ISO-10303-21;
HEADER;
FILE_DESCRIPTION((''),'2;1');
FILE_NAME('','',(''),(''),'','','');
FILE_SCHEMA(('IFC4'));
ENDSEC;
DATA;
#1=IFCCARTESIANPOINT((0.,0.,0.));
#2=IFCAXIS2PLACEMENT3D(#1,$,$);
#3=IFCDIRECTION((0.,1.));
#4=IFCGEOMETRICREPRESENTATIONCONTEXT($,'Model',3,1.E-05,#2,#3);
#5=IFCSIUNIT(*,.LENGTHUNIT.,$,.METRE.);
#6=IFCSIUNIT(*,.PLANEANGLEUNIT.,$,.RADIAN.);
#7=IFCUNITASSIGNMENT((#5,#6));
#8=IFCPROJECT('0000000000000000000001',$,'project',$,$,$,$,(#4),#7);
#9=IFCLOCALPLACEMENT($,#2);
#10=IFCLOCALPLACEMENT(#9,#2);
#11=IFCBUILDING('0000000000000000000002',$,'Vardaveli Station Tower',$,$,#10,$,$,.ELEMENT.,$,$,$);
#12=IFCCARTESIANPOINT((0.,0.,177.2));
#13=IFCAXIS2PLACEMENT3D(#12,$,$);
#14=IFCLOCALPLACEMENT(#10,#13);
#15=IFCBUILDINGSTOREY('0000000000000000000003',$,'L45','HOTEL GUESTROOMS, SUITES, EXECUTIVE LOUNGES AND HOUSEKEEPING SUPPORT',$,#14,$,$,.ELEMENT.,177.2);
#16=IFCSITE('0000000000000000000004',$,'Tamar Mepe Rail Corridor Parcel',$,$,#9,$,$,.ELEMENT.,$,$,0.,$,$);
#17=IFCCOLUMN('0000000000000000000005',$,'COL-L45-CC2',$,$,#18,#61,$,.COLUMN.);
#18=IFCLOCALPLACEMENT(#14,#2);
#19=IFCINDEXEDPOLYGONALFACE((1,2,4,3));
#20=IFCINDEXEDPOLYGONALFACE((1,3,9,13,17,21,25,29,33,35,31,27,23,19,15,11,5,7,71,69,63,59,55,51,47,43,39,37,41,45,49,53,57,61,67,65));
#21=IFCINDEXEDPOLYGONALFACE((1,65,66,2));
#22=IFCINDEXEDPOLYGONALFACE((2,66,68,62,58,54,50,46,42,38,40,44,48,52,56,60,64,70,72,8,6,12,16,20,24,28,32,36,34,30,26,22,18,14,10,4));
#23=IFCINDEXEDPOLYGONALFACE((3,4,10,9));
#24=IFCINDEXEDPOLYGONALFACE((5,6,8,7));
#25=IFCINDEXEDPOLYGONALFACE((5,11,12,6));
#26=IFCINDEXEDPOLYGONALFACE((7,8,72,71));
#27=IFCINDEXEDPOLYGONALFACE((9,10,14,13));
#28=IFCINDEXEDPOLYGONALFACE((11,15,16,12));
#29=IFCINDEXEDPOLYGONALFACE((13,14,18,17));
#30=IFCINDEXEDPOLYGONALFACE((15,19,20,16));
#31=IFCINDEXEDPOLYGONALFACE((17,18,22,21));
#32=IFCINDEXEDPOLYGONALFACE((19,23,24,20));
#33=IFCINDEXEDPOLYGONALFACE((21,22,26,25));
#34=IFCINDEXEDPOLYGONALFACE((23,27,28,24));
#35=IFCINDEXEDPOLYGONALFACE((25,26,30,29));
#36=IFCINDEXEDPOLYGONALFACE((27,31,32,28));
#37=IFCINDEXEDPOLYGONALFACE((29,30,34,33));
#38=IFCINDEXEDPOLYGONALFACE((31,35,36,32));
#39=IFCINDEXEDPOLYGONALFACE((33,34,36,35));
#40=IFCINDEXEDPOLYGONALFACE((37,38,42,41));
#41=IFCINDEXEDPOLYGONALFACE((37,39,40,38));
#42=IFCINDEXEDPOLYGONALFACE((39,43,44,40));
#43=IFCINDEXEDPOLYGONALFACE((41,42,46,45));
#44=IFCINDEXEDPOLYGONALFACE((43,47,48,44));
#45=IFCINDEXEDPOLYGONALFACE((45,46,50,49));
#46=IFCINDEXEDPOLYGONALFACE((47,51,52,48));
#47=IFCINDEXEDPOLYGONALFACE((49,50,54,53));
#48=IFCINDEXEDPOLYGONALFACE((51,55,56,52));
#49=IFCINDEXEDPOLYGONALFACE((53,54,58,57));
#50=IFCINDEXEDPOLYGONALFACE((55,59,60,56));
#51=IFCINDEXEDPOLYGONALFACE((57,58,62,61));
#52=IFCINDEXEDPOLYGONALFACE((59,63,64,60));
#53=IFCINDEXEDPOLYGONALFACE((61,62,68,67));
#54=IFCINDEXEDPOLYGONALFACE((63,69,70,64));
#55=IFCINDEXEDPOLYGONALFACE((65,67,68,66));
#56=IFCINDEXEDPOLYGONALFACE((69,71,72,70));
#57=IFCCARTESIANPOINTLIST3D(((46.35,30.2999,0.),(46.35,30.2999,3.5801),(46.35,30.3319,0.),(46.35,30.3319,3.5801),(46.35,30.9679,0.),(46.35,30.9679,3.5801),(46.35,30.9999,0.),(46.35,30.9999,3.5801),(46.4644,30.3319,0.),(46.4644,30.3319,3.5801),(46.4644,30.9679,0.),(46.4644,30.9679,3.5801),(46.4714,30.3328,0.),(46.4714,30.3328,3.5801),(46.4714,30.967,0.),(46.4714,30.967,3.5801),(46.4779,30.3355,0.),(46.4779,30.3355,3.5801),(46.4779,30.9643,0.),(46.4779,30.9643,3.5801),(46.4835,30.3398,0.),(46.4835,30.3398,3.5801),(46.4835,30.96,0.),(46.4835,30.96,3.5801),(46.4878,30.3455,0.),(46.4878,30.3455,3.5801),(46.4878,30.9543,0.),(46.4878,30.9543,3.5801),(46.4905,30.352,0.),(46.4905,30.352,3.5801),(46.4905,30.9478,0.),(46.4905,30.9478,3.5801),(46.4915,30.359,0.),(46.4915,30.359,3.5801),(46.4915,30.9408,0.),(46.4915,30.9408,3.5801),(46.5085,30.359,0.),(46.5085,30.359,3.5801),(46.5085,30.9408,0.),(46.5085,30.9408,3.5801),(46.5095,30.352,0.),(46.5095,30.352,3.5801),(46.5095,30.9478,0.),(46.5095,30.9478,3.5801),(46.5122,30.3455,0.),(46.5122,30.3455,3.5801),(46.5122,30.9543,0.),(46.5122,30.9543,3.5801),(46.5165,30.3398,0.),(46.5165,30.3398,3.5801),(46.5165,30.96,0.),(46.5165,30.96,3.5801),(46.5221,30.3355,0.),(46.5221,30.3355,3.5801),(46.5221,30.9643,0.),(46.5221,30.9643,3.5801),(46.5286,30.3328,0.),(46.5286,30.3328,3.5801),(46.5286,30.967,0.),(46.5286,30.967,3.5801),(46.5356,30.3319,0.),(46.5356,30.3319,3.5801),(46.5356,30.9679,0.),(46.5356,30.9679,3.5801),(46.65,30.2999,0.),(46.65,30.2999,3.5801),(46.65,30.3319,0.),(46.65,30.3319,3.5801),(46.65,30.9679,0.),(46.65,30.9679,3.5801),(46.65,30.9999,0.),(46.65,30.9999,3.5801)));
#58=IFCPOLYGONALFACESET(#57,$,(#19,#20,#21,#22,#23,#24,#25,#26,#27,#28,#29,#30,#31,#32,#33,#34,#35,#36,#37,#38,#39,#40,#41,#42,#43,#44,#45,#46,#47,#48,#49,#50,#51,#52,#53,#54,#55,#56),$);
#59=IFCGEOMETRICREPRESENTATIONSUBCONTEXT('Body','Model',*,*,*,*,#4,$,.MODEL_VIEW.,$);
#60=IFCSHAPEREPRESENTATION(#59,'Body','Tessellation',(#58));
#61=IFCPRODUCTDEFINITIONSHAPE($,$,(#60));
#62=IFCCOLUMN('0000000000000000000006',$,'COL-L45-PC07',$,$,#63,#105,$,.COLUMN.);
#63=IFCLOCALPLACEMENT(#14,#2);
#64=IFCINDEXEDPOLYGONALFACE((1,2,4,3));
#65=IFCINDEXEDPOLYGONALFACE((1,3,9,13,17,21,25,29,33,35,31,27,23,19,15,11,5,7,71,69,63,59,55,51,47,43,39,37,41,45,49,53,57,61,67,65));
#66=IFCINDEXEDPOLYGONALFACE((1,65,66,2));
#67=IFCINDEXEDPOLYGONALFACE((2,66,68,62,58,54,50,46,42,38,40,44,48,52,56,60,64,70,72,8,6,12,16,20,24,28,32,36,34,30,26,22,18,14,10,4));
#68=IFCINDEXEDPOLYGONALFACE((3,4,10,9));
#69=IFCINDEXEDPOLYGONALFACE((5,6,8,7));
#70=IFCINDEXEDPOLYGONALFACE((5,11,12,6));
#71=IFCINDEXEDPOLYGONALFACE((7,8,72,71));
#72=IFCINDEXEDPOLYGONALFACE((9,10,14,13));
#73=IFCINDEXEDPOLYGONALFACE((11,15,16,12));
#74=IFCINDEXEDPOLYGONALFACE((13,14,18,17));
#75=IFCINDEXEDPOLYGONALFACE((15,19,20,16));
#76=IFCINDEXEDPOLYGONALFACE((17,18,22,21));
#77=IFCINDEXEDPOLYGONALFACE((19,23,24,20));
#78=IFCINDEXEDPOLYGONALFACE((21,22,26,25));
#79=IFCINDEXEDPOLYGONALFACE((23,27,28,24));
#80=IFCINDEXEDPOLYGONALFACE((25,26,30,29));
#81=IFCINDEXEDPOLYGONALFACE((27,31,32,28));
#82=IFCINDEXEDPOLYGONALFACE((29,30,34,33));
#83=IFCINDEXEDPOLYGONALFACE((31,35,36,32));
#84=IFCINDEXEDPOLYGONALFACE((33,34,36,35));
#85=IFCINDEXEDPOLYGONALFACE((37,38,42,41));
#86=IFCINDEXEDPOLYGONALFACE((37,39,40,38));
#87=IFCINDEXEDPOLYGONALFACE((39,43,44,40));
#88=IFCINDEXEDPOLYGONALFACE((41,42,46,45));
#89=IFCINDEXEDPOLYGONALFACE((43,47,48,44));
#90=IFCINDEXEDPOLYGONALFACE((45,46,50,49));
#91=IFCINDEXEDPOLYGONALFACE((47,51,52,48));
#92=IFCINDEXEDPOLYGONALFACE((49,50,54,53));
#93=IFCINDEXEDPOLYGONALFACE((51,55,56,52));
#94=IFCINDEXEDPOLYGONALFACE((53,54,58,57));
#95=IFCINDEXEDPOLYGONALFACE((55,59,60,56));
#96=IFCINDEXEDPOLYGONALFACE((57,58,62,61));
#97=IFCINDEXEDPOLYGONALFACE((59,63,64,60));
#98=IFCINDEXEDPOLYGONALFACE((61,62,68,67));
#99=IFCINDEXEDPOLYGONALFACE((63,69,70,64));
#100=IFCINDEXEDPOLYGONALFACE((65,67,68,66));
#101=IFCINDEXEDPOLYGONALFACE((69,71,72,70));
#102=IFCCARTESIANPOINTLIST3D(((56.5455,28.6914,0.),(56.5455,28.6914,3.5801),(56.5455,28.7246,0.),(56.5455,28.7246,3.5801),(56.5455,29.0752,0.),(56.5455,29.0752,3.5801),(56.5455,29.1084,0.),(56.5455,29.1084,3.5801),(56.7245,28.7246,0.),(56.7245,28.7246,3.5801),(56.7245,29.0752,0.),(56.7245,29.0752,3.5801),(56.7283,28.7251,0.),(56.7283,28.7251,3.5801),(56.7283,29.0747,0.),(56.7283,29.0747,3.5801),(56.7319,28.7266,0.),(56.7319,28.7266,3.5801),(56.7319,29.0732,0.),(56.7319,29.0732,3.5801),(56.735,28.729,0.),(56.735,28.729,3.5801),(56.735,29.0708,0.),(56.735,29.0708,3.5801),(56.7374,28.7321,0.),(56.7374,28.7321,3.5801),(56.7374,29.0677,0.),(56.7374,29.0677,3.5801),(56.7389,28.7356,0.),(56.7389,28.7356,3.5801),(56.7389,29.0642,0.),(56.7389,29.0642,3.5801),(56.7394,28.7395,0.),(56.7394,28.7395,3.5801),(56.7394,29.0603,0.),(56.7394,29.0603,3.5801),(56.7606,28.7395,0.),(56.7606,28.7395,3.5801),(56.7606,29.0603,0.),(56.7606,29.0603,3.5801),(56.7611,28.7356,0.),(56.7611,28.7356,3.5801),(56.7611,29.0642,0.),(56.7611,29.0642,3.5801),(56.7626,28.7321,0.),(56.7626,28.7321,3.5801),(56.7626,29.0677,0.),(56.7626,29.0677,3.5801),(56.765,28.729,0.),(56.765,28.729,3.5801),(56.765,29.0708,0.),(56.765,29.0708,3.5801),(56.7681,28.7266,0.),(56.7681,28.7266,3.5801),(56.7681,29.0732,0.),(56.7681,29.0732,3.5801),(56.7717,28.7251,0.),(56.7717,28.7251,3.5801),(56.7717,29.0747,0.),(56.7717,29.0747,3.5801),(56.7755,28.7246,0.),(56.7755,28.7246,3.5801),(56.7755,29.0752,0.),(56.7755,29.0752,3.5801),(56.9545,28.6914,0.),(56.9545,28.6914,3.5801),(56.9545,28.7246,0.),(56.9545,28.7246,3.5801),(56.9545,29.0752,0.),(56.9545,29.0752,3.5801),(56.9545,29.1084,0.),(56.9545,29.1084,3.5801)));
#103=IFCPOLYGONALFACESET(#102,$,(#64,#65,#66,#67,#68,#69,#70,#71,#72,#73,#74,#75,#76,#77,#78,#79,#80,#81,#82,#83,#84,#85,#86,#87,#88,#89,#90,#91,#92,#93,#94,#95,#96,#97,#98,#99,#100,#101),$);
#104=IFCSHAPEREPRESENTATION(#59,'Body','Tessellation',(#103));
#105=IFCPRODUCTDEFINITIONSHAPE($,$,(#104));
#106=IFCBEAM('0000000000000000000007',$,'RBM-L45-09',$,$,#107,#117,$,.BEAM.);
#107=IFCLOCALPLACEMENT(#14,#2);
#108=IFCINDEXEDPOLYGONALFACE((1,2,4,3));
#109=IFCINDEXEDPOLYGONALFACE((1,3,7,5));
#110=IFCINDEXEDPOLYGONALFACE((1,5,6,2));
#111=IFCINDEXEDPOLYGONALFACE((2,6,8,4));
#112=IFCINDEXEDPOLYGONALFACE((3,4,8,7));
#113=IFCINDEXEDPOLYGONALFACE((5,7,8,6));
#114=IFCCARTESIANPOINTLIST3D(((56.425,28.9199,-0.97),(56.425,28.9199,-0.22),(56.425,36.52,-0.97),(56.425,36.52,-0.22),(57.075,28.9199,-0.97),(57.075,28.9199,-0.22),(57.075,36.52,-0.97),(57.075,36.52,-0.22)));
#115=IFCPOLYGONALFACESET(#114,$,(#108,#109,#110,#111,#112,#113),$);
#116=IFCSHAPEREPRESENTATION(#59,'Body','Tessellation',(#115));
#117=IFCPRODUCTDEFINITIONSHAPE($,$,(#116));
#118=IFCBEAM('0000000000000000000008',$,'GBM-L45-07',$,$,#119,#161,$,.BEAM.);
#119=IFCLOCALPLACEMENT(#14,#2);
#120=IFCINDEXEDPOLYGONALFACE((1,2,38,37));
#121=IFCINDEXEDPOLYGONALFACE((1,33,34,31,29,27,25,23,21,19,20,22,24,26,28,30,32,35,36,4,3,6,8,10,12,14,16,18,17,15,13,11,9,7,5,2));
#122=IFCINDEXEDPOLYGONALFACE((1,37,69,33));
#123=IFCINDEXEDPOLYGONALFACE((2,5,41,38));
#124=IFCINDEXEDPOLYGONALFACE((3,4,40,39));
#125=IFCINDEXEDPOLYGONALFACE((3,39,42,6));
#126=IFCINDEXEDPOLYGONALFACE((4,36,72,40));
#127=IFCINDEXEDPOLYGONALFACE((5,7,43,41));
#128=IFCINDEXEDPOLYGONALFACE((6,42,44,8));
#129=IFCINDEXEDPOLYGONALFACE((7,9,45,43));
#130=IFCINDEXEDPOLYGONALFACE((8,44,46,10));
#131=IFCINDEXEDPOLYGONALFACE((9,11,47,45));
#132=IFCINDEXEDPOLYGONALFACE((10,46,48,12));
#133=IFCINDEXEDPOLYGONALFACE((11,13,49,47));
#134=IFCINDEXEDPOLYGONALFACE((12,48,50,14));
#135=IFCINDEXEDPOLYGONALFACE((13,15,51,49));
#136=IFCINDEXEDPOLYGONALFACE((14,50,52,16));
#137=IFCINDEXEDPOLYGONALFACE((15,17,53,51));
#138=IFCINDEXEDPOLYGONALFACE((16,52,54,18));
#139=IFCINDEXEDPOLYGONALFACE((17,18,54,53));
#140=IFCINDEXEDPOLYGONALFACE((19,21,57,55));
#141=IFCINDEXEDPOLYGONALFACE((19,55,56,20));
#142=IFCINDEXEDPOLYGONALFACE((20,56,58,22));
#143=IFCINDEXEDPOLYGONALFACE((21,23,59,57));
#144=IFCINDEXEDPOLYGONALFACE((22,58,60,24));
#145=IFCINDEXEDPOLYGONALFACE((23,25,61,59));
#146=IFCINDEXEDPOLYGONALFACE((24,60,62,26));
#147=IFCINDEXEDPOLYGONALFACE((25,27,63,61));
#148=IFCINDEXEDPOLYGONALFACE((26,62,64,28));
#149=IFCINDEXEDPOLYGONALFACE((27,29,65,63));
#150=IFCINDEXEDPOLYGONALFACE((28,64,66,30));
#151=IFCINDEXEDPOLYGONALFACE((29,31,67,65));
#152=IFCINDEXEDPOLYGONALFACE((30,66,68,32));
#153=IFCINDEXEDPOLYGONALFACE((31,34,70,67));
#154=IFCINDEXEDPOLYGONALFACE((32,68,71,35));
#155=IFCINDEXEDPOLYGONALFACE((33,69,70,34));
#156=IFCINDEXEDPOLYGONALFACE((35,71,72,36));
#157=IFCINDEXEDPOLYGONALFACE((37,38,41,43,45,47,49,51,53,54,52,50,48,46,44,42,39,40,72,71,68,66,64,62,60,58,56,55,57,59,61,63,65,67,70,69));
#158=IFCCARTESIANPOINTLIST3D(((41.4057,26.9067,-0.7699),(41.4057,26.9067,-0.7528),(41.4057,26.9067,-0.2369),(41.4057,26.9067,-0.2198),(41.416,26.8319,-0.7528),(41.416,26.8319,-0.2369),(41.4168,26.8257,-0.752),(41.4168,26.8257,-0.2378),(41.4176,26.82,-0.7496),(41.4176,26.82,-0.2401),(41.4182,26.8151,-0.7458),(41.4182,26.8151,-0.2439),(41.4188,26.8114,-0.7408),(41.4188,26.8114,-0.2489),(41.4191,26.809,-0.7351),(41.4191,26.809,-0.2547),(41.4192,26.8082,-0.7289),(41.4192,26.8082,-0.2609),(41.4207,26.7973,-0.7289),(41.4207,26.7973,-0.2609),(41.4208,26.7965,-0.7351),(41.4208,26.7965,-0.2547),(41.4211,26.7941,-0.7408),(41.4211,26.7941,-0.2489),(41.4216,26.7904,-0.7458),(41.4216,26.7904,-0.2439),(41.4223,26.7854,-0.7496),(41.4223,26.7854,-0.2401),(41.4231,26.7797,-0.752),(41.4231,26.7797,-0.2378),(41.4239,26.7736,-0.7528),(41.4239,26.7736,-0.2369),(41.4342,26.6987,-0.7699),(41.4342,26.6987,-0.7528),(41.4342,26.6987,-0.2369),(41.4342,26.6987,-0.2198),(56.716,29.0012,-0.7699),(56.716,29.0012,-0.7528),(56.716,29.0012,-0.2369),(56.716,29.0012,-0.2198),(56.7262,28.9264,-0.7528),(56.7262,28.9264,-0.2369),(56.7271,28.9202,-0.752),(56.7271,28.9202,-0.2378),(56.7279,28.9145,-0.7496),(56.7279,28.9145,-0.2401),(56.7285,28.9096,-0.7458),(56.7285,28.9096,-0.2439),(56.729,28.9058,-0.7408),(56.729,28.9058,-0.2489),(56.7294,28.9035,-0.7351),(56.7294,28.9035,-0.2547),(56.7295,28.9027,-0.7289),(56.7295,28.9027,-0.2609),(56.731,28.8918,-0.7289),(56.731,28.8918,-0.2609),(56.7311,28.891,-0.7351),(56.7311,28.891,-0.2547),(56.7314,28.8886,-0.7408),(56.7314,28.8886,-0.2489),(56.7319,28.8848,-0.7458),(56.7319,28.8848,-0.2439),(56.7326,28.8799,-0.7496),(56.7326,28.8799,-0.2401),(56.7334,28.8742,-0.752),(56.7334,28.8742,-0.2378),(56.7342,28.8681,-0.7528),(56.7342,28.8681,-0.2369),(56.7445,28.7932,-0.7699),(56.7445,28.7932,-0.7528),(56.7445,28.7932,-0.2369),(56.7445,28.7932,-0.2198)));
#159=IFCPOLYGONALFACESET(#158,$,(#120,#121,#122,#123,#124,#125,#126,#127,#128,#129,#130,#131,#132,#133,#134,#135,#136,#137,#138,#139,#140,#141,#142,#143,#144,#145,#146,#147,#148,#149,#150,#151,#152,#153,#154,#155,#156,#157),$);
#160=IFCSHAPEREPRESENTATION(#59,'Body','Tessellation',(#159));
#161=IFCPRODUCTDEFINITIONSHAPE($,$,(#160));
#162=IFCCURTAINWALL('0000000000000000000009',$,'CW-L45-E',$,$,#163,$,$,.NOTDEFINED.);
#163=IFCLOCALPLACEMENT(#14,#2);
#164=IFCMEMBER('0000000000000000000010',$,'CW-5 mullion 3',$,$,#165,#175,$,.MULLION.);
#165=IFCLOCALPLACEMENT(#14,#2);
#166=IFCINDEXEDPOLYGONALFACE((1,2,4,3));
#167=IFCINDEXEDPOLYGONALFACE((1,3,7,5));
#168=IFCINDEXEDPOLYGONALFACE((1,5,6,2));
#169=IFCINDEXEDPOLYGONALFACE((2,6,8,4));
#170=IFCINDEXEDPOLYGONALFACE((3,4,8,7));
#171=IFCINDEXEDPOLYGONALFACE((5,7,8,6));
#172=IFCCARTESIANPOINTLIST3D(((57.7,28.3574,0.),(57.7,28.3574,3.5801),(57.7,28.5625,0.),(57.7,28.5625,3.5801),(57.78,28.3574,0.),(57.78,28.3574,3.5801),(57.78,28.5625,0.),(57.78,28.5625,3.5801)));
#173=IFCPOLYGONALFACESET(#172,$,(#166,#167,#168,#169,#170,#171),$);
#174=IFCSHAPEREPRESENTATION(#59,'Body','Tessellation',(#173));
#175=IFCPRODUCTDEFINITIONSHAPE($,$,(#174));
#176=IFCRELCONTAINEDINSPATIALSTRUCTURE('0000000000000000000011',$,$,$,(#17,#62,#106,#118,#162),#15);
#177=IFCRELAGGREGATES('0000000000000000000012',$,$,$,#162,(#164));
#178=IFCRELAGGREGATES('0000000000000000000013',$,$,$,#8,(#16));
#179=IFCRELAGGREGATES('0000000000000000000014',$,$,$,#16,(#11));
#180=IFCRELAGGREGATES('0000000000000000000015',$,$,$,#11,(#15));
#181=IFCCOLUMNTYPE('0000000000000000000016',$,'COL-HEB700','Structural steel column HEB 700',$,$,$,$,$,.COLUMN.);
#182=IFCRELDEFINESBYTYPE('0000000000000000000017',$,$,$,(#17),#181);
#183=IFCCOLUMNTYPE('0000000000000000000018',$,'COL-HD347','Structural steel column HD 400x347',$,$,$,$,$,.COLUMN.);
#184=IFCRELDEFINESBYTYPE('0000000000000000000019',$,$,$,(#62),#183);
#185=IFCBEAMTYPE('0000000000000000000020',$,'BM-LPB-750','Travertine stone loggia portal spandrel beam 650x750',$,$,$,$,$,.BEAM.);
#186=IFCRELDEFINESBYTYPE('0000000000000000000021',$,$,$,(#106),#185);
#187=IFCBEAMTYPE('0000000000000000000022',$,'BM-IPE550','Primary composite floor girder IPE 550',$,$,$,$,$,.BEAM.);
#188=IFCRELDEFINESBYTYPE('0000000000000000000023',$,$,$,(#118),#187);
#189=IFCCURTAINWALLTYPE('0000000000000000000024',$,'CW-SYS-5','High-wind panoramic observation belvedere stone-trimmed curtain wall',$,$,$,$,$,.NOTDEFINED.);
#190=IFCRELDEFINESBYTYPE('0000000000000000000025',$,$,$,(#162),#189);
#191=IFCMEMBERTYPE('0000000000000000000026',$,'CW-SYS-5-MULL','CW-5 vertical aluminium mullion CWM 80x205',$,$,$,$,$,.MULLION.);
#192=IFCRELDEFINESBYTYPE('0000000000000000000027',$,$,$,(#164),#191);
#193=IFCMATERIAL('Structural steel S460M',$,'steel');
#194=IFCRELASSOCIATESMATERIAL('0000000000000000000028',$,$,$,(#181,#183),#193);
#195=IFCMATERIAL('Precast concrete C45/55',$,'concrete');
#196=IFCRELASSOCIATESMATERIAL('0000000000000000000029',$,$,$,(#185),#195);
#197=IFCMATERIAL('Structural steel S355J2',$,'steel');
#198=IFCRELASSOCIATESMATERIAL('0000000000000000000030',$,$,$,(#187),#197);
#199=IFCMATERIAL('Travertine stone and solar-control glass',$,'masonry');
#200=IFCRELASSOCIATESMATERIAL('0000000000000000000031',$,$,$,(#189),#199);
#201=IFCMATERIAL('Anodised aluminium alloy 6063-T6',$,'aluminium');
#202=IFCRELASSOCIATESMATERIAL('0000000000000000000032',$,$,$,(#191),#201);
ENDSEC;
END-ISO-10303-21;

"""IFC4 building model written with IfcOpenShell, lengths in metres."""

from ifc_helpers import new_model, si_unit, direction, frame, origin, origin_2d, place, context, subcontext, project, spatial, rectangle, i_section, extrude, source, transform, mapped, material, material_profile, profile_set, type_object, element, aggregate, save


model = new_model("IFC4")

# Units and contexts
model_context = context("Model", 3, precision=1e-05, world=origin(), true_north=direction((0.0, 1.0)))
body_context = subcontext(model_context, "Body", "Model", "MODEL_VIEW")
ifc_project = project(units=[si_unit("LENGTHUNIT", "METRE"), si_unit("PLANEANGLEUNIT", "RADIAN")], contexts=[model_context])

# Site, building, storey
site_placement = place(None, origin())
site = spatial("IfcSite", under=ifc_project, at=site_placement, Name="Tamar Mepe Rail Corridor Parcel", CompositionType="ELEMENT", RefElevation=0.0)
building_placement = place(site_placement, origin())
building = spatial("IfcBuilding", under=site, at=building_placement, Name="Vardaveli Station Tower", CompositionType="ELEMENT")
storey_placement = place(building_placement, frame((0.0, 0.0, 177.2)))
storey = spatial("IfcBuildingStorey", under=building, at=storey_placement, Name="L45", Description="HOTEL GUESTROOMS, SUITES, EXECUTIVE LOUNGES AND HOUSEKEEPING SUPPORT", CompositionType="ELEMENT", Elevation=177.2)

# Columns
ifc_material_1 = material(Name="Structural steel S460M", Category="steel")
ifc_material_profile_1 = material_profile(ifc_material_1, i_section(OverallWidth=0.3, OverallDepth=0.7, WebThickness=0.0171, FlangeThickness=0.032, FilletRadius=0.0271, at=origin_2d()), Name="HEB 700")
ifc_profile_set_1 = profile_set([ifc_material_profile_1], Name="Structural steel S460M")
column_type_1 = type_object("IfcColumnType", Name="COL-HEB700", Description="Structural steel column HEB 700", PredefinedType="COLUMN", material=ifc_profile_set_1)
shared_shape_1 = source(origin(), body_context, "Body", "SweptSolid", [
    extrude(i_section(OverallWidth=0.3, OverallDepth=0.7, WebThickness=0.0171, FlangeThickness=0.032, FilletRadius=0.0271, at=origin_2d()), origin(), (0.0, 0.0, 1.0), 3.5801),
])
column_1_placement = place(storey_placement, frame((46.5, 30.6499, 0.0), z_axis=(0.0, 0.0, 1.0), x_axis=(1.0, 0.0, 0.0)))
element("IfcColumn", 1, at=column_1_placement, inside=storey, type_object=column_type_1, Name="COL-L45-CC2", PredefinedType="COLUMN", context=body_context, shape_type="MappedRepresentation", body=[
    mapped(shared_shape_1, transform((0.0, 0.0, 0.0), scale=1.0)),
])
ifc_material_profile_2 = material_profile(ifc_material_1, i_section(OverallWidth=0.4089, OverallDepth=0.417, WebThickness=0.0212, FlangeThickness=0.0332, FilletRadius=0.0149, at=origin_2d()), Name="HD 400x347")
ifc_profile_set_2 = profile_set([ifc_material_profile_2], Name="Structural steel S460M")
column_type_2 = type_object("IfcColumnType", Name="COL-HD347", Description="Structural steel column HD 400x347", PredefinedType="COLUMN", material=ifc_profile_set_2)
shared_shape_2 = source(origin(), body_context, "Body", "SweptSolid", [
    extrude(i_section(OverallWidth=0.4089, OverallDepth=0.417, WebThickness=0.0212, FlangeThickness=0.0332, FilletRadius=0.0149, at=origin_2d()), origin(), (0.0, 0.0, 1.0), 3.5801),
])
column_2_placement = place(storey_placement, frame((56.75, 28.8999, 0.0), z_axis=(0.0, 0.0, 1.0), x_axis=(1.0, 0.0, 0.0)))
element("IfcColumn", 2, at=column_2_placement, inside=storey, type_object=column_type_2, Name="COL-L45-PC07", PredefinedType="COLUMN", context=body_context, shape_type="MappedRepresentation", body=[
    mapped(shared_shape_2, transform((0.0, 0.0, 0.0), scale=1.0)),
])

# Beams
ifc_material_2 = material(Name="Precast concrete C45/55", Category="concrete")
ifc_material_profile_3 = material_profile(ifc_material_2, rectangle(XDim=0.6499, YDim=0.75, at=origin_2d()), Name="LPB 650x750")
ifc_profile_set_3 = profile_set([ifc_material_profile_3], Name="Precast concrete C45/55")
beam_type_1 = type_object("IfcBeamType", Name="BM-LPB-750", Description="Travertine stone loggia portal spandrel beam 650x750", PredefinedType="BEAM", material=ifc_profile_set_3)
shared_shape_3 = source(origin(), body_context, "Body", "SweptSolid", [
    extrude(rectangle(XDim=0.6499, YDim=0.75, at=origin_2d()), origin(), (0.0, 0.0, 1.0), 7.6001),
])
beam_1_placement = place(storey_placement, frame((56.75, 28.9199, -0.595), z_axis=(0.0, 1.0, 0.0), x_axis=(-1.0, 0.0, 0.0)))
element("IfcBeam", 3, at=beam_1_placement, inside=storey, type_object=beam_type_1, Name="RBM-L45-09", PredefinedType="BEAM", context=body_context, shape_type="MappedRepresentation", body=[
    mapped(shared_shape_3, transform((0.0, 0.0, 0.0), scale=1.0)),
])
ifc_material_3 = material(Name="Structural steel S355J2", Category="steel")
ifc_material_profile_4 = material_profile(ifc_material_3, i_section(OverallWidth=0.21, OverallDepth=0.55, WebThickness=0.011, FlangeThickness=0.0171, FilletRadius=0.0239, at=origin_2d()), Name="IPE 550")
ifc_profile_set_4 = profile_set([ifc_material_profile_4], Name="Structural steel S355J2")
beam_type_2 = type_object("IfcBeamType", Name="BM-IPE550", Description="Primary composite floor girder IPE 550", PredefinedType="BEAM", material=ifc_profile_set_4)
shared_shape_4 = source(origin(), body_context, "Body", "SweptSolid", [
    extrude(i_section(OverallWidth=0.21, OverallDepth=0.55, WebThickness=0.011, FlangeThickness=0.0171, FilletRadius=0.0239, at=origin_2d()), origin(), (0.0, 0.0, 1.0), 15.4529),
])
beam_2_placement = place(storey_placement, frame((56.7302, 28.8972, -0.4949), z_axis=(-0.990772, -0.13554, 0.0), x_axis=(0.13554, -0.990772, 0.0)))
element("IfcBeam", 4, at=beam_2_placement, inside=storey, type_object=beam_type_2, Name="GBM-L45-07", PredefinedType="BEAM", context=body_context, shape_type="MappedRepresentation", body=[
    mapped(shared_shape_4, transform((0.0, 0.0, 0.0), scale=1.0)),
])

# Curtain wall, member
ifc_material_4 = material(Name="Travertine stone and solar-control glass", Category="masonry")
curtain_wall_type = type_object("IfcCurtainWallType", Name="CW-SYS-5", Description="High-wind panoramic observation belvedere stone-trimmed curtain wall", PredefinedType="NOTDEFINED", material=ifc_material_4)
curtain_wall_placement = place(storey_placement, origin())
curtain_wall = element("IfcCurtainWall", 5, at=curtain_wall_placement, inside=storey, type_object=curtain_wall_type, Name="CW-L45-E", PredefinedType="NOTDEFINED")
ifc_material_5 = material(Name="Anodised aluminium alloy 6063-T6", Category="aluminium")
ifc_material_profile_5 = material_profile(ifc_material_5, rectangle(XDim=0.0801, YDim=0.2051, at=origin_2d()), Name="CWM 80x205")
ifc_profile_set_5 = profile_set([ifc_material_profile_5], Name="Anodised aluminium alloy 6063-T6")
member_type = type_object("IfcMemberType", Name="CW-SYS-5-MULL", Description="CW-5 vertical aluminium mullion CWM 80x205", PredefinedType="MULLION", material=ifc_profile_set_5)
shared_shape_5 = source(origin(), body_context, "Body", "SweptSolid", [
    extrude(rectangle(XDim=0.0801, YDim=0.2051, at=origin_2d()), origin(), (0.0, 0.0, 1.0), 3.5801),
])
member_placement = place(storey_placement, frame((57.74, 28.46, 0.0), z_axis=(0.0, 0.0, 1.0), x_axis=(-1.0, 0.0, 0.0)))
member = element("IfcMember", 6, at=member_placement, type_object=member_type, Name="CW-5 mullion 3", PredefinedType="MULLION", context=body_context, shape_type="MappedRepresentation", body=[
    mapped(shared_shape_5, transform((0.0, 0.0, 0.0), scale=1.0)),
])
aggregate(curtain_wall, [member])

save(model, "model.ifc")
